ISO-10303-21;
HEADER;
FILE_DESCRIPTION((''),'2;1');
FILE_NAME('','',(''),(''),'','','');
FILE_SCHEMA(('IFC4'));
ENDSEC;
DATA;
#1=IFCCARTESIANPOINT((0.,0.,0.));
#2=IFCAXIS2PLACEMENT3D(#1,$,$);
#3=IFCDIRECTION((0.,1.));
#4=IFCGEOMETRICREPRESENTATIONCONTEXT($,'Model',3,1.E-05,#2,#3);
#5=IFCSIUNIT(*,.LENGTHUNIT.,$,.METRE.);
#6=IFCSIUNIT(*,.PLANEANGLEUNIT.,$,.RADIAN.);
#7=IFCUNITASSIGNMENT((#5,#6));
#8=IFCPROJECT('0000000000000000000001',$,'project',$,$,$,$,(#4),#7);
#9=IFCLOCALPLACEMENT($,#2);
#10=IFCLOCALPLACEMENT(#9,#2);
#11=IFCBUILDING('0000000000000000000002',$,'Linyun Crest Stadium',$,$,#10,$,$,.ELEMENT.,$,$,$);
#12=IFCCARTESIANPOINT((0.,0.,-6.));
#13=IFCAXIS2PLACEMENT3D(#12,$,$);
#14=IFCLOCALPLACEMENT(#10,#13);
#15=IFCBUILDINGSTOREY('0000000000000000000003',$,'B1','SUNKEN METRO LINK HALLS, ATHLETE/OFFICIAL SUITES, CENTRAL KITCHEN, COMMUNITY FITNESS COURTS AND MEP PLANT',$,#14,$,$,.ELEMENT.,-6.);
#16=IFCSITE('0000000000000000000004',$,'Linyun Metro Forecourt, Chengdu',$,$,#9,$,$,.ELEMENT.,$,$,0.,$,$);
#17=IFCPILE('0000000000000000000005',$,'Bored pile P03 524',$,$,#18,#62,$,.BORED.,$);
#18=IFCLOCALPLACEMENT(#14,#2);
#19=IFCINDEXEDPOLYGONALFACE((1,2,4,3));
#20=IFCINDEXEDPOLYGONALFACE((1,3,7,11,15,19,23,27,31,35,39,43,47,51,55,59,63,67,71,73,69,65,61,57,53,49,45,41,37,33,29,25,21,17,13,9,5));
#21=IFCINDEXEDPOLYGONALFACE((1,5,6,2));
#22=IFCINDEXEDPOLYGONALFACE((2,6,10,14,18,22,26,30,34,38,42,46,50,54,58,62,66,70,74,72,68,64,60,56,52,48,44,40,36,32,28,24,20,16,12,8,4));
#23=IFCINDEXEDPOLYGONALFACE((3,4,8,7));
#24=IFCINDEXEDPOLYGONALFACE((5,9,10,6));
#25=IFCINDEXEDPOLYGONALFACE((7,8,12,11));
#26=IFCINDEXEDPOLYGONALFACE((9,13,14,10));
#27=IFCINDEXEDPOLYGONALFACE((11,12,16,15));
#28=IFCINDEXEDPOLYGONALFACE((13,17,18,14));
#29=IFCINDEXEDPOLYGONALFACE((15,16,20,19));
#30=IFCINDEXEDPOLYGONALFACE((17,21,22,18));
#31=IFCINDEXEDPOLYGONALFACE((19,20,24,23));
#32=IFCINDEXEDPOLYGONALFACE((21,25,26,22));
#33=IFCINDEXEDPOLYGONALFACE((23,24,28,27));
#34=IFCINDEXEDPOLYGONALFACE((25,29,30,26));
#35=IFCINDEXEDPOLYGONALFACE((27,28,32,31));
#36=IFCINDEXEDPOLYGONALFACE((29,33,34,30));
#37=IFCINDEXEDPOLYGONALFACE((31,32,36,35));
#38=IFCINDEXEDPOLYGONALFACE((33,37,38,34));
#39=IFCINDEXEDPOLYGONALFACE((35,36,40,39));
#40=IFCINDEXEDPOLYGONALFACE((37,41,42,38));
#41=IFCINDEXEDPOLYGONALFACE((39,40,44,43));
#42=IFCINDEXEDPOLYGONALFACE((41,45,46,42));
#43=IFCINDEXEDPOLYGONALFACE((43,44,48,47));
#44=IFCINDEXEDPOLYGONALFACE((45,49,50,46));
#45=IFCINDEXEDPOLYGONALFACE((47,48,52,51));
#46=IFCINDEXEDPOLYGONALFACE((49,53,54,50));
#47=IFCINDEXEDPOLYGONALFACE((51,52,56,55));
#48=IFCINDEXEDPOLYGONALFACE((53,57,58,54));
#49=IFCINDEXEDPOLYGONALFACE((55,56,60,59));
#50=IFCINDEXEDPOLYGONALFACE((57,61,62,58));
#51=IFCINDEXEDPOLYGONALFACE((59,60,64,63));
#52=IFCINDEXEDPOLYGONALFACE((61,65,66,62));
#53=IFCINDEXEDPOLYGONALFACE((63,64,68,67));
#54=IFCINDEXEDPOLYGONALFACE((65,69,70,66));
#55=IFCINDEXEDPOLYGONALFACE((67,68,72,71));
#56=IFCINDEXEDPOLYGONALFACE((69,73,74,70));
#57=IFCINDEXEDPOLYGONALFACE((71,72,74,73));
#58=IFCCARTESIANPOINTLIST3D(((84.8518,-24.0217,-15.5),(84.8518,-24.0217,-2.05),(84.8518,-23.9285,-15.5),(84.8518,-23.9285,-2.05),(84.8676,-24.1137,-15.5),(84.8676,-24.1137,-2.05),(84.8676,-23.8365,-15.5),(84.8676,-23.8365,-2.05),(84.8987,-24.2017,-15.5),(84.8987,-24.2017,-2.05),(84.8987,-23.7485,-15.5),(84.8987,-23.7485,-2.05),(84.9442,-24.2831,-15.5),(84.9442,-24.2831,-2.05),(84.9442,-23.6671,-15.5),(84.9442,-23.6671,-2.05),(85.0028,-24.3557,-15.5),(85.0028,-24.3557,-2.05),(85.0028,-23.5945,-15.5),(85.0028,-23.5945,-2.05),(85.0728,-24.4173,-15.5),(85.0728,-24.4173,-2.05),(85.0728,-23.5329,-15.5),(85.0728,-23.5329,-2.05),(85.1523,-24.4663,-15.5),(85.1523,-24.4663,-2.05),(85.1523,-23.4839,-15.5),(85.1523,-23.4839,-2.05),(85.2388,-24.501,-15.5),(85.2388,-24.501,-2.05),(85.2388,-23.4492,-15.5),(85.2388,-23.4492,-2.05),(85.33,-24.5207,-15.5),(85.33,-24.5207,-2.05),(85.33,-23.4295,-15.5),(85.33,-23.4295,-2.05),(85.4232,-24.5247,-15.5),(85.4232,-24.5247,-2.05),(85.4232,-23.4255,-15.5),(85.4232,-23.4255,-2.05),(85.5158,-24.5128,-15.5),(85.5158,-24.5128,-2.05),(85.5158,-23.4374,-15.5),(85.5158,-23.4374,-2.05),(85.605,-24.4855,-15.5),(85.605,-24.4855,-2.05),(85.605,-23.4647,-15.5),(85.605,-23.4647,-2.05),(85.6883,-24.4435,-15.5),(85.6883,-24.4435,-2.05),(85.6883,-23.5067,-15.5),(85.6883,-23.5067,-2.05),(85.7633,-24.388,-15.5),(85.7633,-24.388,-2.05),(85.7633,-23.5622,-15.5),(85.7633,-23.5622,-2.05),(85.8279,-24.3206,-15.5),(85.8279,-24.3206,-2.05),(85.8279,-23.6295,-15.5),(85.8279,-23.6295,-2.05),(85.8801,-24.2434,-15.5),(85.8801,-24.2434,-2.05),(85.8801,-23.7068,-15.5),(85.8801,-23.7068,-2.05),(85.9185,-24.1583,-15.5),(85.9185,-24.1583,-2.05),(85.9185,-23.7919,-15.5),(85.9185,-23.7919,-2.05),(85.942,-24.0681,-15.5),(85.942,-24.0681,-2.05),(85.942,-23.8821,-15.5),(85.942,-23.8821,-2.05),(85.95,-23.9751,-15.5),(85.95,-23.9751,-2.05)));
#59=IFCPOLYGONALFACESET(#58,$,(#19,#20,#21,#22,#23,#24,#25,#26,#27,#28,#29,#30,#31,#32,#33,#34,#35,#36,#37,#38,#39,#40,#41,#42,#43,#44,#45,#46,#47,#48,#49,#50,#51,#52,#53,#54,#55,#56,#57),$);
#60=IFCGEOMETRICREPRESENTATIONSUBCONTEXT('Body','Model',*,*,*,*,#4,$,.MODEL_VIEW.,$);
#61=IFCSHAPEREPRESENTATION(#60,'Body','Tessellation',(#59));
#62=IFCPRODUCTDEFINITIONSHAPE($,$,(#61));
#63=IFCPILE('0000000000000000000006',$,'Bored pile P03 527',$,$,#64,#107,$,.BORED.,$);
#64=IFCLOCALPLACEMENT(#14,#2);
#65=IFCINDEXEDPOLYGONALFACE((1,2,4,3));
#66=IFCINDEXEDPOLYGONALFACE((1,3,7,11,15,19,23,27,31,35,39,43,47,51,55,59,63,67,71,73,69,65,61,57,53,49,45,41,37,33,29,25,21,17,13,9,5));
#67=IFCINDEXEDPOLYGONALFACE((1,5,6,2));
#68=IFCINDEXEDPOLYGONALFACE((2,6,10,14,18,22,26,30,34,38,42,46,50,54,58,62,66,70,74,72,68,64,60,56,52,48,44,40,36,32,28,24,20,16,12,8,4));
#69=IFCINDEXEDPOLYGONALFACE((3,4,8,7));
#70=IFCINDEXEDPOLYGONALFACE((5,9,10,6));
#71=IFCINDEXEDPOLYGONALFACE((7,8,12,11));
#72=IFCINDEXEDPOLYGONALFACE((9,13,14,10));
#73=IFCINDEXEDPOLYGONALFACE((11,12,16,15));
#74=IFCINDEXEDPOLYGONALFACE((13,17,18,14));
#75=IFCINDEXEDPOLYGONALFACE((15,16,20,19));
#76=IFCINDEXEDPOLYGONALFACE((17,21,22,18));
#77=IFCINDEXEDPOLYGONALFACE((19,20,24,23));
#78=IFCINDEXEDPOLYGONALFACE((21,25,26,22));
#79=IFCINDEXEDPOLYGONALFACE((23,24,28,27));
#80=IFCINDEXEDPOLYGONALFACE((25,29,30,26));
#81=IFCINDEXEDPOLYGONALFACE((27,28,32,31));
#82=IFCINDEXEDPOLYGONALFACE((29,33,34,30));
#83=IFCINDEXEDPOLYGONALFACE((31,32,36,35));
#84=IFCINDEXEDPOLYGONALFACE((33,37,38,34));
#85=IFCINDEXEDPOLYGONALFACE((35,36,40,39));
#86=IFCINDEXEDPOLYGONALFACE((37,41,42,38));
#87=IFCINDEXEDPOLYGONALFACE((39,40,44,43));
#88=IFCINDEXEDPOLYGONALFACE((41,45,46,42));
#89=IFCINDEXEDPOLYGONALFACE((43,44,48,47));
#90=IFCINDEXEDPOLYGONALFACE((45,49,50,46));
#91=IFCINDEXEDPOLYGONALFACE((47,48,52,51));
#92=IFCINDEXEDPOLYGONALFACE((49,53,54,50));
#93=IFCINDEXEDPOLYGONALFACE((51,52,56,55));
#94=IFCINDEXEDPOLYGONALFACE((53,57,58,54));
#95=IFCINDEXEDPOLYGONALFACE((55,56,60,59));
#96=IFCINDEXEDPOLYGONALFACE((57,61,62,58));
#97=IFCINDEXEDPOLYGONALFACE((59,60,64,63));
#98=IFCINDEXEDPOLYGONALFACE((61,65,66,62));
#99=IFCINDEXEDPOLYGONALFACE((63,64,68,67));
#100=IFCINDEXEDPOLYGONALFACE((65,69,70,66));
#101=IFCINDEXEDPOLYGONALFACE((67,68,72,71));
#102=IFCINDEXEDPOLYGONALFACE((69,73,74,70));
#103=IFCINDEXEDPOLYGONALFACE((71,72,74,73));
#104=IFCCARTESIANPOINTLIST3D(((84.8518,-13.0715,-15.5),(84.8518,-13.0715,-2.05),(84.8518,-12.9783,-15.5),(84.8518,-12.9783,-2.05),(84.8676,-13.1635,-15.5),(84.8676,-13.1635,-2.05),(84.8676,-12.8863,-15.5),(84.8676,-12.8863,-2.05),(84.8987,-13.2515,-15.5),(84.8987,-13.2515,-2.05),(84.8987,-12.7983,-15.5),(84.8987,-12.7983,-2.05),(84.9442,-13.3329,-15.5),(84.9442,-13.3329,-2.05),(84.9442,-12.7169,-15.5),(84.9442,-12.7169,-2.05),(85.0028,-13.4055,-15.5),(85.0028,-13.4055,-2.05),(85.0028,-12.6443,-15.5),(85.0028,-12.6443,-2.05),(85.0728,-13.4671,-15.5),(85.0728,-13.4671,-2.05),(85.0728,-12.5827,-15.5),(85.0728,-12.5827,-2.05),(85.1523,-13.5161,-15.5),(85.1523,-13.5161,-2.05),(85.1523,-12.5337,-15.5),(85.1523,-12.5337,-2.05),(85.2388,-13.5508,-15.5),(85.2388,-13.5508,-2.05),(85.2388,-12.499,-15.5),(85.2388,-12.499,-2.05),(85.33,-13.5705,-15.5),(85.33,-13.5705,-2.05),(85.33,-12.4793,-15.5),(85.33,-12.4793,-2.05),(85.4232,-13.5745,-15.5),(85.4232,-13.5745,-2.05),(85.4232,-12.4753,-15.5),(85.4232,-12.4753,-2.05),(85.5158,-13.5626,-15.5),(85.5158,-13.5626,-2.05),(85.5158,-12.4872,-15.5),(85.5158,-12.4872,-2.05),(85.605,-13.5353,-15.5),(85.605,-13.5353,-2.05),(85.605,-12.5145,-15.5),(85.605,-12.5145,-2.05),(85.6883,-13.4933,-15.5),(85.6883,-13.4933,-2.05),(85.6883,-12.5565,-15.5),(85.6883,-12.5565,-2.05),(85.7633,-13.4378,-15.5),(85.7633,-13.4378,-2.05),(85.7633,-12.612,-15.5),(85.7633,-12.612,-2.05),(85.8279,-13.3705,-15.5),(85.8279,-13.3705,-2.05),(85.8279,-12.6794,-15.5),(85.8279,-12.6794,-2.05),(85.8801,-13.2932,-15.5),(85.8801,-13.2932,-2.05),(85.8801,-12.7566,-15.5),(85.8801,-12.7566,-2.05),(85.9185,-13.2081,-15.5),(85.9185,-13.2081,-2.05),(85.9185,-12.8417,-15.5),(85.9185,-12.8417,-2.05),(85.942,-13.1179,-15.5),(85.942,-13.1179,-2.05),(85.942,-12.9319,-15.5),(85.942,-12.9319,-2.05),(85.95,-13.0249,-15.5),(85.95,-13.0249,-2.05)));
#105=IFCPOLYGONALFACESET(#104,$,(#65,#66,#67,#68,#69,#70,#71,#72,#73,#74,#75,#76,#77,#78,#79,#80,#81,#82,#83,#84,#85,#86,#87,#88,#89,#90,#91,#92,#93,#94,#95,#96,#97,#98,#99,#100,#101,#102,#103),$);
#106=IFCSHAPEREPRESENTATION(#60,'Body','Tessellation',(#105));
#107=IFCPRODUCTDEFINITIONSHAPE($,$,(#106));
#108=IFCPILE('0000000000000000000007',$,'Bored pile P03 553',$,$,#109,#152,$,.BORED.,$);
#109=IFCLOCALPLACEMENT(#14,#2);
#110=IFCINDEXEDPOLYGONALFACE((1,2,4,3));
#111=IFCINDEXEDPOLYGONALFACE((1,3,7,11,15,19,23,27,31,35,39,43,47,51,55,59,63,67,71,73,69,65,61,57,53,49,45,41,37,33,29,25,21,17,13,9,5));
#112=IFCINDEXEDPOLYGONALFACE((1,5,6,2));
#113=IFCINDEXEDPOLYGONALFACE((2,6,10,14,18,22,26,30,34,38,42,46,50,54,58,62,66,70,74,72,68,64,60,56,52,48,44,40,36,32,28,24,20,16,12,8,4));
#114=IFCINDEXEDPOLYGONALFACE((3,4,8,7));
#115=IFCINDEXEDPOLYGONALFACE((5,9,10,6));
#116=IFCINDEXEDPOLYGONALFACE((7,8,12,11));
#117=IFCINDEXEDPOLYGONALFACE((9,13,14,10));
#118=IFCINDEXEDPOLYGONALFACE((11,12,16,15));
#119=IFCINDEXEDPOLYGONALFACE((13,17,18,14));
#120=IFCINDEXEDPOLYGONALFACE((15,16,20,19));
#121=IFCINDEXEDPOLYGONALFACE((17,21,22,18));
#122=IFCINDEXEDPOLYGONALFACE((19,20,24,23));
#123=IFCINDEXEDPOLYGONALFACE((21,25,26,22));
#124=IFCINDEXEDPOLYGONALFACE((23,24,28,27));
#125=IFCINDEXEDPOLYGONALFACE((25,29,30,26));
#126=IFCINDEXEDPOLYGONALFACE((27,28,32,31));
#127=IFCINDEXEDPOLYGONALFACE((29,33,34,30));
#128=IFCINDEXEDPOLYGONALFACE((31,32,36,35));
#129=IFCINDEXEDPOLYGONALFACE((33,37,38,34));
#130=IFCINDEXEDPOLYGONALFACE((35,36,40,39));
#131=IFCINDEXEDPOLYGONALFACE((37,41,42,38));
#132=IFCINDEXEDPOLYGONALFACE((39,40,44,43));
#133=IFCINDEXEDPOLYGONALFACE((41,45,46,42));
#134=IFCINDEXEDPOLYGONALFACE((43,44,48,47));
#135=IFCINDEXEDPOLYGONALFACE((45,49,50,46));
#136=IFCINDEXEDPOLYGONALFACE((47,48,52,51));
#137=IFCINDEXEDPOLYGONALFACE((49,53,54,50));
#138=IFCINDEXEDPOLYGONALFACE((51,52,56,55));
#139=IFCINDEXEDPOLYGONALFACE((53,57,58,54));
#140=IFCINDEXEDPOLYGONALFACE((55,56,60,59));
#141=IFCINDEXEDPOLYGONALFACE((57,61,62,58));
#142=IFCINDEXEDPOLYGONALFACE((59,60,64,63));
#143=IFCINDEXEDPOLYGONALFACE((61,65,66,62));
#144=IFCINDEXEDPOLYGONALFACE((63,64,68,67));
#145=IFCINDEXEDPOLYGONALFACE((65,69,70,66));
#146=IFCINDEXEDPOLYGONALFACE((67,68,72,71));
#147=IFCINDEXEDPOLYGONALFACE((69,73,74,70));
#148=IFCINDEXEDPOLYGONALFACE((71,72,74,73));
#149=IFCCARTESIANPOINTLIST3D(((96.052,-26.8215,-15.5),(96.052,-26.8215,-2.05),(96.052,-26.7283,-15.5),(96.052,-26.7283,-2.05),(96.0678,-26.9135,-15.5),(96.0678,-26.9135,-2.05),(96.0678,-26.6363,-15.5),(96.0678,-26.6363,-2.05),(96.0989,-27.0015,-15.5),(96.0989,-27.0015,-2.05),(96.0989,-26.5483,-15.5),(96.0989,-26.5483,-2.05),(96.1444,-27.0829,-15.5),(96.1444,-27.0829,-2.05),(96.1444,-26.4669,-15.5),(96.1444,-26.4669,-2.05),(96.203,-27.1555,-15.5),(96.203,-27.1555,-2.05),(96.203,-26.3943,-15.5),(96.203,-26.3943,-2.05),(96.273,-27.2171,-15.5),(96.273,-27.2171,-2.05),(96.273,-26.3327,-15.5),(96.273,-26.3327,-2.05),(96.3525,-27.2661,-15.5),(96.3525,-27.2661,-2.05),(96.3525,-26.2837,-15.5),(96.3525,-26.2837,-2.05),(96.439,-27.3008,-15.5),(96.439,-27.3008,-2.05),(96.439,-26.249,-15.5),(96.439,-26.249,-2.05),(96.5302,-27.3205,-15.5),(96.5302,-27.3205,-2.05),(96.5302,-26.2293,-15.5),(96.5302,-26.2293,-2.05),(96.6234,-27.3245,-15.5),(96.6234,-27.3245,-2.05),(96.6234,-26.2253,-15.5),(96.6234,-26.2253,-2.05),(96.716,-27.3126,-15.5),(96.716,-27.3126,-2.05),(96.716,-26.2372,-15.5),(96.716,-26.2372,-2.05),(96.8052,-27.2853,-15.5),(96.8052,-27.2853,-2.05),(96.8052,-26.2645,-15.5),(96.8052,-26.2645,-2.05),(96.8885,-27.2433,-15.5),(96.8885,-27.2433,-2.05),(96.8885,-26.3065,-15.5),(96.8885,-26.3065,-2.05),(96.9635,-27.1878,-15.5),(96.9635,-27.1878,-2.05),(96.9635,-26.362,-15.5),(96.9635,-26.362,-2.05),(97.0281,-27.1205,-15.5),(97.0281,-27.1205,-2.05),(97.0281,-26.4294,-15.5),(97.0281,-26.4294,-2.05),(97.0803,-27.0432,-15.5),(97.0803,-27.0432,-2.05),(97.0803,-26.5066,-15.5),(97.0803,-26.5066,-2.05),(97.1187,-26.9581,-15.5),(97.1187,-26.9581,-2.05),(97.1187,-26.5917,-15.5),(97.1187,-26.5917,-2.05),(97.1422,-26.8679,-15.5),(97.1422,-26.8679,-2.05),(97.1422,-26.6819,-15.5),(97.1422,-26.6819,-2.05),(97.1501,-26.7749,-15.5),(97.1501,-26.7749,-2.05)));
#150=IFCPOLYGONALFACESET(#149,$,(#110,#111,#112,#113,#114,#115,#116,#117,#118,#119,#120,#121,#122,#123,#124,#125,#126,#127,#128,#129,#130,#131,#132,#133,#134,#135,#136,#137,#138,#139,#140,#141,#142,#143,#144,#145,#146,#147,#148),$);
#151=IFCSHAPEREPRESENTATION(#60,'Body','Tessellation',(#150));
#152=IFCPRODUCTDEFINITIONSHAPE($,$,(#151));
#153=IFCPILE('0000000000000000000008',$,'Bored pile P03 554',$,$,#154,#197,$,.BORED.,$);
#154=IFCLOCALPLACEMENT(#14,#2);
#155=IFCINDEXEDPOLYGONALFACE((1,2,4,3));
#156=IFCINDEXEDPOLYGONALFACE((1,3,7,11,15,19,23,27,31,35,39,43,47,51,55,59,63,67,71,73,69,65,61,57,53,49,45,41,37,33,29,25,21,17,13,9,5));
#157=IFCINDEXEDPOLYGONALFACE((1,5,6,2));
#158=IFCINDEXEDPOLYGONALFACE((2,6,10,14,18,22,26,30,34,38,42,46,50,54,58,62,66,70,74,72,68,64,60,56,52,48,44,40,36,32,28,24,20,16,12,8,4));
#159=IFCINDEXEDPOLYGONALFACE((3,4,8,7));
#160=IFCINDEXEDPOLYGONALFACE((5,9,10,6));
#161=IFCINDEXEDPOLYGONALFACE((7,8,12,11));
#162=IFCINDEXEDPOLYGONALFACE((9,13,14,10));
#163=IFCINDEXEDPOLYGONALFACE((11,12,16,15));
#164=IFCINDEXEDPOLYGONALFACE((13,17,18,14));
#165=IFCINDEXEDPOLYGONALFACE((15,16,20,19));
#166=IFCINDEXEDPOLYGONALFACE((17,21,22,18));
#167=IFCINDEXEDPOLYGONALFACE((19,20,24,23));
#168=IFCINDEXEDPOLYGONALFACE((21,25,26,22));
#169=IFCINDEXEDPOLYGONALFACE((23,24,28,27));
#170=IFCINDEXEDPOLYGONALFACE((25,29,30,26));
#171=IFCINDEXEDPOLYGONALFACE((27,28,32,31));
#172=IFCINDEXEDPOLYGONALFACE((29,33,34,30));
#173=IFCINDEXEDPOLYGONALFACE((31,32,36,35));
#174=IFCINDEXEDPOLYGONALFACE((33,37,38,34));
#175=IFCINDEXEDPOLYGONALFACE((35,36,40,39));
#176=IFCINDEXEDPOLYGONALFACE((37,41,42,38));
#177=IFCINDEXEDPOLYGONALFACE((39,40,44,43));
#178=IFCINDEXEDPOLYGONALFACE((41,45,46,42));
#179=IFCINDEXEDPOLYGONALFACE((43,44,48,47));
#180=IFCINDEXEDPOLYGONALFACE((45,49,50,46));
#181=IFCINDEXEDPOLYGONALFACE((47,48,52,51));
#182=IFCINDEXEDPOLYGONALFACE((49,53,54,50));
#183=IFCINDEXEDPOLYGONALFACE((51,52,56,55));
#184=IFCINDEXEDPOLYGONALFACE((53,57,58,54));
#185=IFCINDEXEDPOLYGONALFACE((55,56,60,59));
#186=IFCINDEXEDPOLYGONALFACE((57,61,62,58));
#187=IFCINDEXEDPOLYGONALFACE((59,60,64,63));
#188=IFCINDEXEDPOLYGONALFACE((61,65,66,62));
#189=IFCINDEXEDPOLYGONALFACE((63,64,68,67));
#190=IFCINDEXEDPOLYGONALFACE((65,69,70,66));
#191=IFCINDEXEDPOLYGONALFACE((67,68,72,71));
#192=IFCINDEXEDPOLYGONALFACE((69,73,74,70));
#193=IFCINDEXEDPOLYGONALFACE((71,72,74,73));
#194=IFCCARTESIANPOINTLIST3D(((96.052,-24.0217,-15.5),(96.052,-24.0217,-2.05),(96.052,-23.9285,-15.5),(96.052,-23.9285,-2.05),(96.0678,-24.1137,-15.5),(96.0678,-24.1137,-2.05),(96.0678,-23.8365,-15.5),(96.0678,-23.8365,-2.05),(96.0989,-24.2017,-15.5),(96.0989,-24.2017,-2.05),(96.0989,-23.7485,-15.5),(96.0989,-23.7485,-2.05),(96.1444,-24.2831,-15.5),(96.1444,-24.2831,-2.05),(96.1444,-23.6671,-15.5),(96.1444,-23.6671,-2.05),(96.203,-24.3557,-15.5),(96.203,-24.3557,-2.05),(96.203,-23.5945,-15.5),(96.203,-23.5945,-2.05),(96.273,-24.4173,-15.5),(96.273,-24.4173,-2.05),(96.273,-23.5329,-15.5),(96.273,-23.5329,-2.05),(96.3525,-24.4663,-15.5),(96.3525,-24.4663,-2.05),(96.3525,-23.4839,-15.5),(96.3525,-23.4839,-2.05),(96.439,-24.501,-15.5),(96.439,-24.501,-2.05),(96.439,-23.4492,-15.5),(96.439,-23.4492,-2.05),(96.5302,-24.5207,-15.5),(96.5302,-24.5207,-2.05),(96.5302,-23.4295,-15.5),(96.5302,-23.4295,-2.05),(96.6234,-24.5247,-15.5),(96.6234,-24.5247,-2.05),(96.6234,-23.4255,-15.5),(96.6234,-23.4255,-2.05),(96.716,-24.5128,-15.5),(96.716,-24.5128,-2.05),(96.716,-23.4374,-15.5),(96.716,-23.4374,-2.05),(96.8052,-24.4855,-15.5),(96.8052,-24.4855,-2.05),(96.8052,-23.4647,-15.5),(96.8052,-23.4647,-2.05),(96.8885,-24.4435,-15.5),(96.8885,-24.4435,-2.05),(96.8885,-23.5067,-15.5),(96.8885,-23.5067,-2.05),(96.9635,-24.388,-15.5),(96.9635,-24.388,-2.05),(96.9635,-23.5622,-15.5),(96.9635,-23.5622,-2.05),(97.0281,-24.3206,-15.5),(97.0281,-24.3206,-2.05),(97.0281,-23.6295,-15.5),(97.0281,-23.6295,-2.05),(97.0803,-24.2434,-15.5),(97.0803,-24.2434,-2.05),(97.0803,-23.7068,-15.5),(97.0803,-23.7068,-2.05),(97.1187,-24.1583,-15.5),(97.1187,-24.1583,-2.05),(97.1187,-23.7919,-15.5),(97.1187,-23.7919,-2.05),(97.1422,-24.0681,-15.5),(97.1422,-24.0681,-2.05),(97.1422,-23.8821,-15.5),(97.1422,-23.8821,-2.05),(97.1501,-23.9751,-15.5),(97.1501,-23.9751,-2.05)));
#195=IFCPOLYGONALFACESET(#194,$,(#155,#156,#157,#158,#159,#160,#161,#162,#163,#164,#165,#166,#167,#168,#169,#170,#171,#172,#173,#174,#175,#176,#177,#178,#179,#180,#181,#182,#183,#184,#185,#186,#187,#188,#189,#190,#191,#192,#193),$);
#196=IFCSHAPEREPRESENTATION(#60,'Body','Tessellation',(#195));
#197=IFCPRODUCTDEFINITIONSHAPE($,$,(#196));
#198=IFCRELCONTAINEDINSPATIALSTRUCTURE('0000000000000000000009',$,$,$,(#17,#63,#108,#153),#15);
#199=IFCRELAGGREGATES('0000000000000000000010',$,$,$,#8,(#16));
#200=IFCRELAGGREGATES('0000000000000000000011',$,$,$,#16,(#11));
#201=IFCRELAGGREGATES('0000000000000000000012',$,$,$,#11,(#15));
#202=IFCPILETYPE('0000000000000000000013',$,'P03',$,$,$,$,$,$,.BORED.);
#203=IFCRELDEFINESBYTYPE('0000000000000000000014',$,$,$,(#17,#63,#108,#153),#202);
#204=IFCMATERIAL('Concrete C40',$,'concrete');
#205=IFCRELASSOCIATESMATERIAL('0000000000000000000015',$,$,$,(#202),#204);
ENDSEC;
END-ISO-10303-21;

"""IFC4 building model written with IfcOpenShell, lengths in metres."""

from ifc_helpers import new_model, si_unit, direction, frame, origin, origin_2d, place, context, subcontext, project, spatial, circle, extrude, material, material_profile, profile_set, type_object, element, save


model = new_model("IFC4")

# Units and contexts
model_context = context("Model", 3, precision=1e-05, world=origin(), true_north=direction((0.0, 1.0)))
body_context = subcontext(model_context, "Body", "Model", "MODEL_VIEW")
ifc_project = project(units=[si_unit("LENGTHUNIT", "METRE"), si_unit("PLANEANGLEUNIT", "RADIAN")], contexts=[model_context])

# Site, building, storey
site_placement = place(None, origin())
site = spatial("IfcSite", under=ifc_project, at=site_placement, Name="Linyun Metro Forecourt, Chengdu", CompositionType="ELEMENT", RefElevation=0.0)
building_placement = place(site_placement, origin())
building = spatial("IfcBuilding", under=site, at=building_placement, Name="Linyun Crest Stadium", CompositionType="ELEMENT")
storey_placement = place(building_placement, frame((0.0, 0.0, -6.0)))
storey = spatial("IfcBuildingStorey", under=building, at=storey_placement, Name="B1", Description="SUNKEN METRO LINK HALLS, ATHLETE/OFFICIAL SUITES, CENTRAL KITCHEN, COMMUNITY FITNESS COURTS AND MEP PLANT", CompositionType="ELEMENT", Elevation=-6.0)

# Piles
ifc_material_1 = material(Name="Concrete C40", Category="concrete")
ifc_material_profile_1 = material_profile(ifc_material_1, circle(Radius=0.55, at=origin_2d()), Name="BORED PILE 1100")
ifc_profile_set_1 = profile_set([ifc_material_profile_1], Name="Concrete C40")
pile_type = type_object("IfcPileType", Name="P03", PredefinedType="BORED", material=ifc_profile_set_1)
for number, where, z_axis, x_axis, name in (
    (1, (85.3999, -23.9751, -2.05), (0.0, 0.0, -1.0), (1.0, 0.0, 0.0), "Bored pile P03 524"),
    (2, (85.3999, -13.0249, -2.05), (0.0, 0.0, -1.0), (1.0, 0.0, 0.0), "Bored pile P03 527"),
    (3, (96.6001, -26.7749, -2.05), (0.0, 0.0, -1.0), (1.0, 0.0, 0.0), "Bored pile P03 553"),
    (4, (96.6001, -23.9751, -2.05), (0.0, 0.0, -1.0), (1.0, 0.0, 0.0), "Bored pile P03 554"),
):
    element("IfcPile", number, at=place(storey_placement, frame(where, z_axis=z_axis, x_axis=x_axis)), inside=storey, type_object=pile_type, Name=name, PredefinedType="BORED", context=body_context, shape_type="SweptSolid", body=[
        extrude(circle(Radius=0.55, at=origin_2d()), origin(), (0.0, 0.0, 1.0), 13.45),
    ])

save(model, "model.ifc")
